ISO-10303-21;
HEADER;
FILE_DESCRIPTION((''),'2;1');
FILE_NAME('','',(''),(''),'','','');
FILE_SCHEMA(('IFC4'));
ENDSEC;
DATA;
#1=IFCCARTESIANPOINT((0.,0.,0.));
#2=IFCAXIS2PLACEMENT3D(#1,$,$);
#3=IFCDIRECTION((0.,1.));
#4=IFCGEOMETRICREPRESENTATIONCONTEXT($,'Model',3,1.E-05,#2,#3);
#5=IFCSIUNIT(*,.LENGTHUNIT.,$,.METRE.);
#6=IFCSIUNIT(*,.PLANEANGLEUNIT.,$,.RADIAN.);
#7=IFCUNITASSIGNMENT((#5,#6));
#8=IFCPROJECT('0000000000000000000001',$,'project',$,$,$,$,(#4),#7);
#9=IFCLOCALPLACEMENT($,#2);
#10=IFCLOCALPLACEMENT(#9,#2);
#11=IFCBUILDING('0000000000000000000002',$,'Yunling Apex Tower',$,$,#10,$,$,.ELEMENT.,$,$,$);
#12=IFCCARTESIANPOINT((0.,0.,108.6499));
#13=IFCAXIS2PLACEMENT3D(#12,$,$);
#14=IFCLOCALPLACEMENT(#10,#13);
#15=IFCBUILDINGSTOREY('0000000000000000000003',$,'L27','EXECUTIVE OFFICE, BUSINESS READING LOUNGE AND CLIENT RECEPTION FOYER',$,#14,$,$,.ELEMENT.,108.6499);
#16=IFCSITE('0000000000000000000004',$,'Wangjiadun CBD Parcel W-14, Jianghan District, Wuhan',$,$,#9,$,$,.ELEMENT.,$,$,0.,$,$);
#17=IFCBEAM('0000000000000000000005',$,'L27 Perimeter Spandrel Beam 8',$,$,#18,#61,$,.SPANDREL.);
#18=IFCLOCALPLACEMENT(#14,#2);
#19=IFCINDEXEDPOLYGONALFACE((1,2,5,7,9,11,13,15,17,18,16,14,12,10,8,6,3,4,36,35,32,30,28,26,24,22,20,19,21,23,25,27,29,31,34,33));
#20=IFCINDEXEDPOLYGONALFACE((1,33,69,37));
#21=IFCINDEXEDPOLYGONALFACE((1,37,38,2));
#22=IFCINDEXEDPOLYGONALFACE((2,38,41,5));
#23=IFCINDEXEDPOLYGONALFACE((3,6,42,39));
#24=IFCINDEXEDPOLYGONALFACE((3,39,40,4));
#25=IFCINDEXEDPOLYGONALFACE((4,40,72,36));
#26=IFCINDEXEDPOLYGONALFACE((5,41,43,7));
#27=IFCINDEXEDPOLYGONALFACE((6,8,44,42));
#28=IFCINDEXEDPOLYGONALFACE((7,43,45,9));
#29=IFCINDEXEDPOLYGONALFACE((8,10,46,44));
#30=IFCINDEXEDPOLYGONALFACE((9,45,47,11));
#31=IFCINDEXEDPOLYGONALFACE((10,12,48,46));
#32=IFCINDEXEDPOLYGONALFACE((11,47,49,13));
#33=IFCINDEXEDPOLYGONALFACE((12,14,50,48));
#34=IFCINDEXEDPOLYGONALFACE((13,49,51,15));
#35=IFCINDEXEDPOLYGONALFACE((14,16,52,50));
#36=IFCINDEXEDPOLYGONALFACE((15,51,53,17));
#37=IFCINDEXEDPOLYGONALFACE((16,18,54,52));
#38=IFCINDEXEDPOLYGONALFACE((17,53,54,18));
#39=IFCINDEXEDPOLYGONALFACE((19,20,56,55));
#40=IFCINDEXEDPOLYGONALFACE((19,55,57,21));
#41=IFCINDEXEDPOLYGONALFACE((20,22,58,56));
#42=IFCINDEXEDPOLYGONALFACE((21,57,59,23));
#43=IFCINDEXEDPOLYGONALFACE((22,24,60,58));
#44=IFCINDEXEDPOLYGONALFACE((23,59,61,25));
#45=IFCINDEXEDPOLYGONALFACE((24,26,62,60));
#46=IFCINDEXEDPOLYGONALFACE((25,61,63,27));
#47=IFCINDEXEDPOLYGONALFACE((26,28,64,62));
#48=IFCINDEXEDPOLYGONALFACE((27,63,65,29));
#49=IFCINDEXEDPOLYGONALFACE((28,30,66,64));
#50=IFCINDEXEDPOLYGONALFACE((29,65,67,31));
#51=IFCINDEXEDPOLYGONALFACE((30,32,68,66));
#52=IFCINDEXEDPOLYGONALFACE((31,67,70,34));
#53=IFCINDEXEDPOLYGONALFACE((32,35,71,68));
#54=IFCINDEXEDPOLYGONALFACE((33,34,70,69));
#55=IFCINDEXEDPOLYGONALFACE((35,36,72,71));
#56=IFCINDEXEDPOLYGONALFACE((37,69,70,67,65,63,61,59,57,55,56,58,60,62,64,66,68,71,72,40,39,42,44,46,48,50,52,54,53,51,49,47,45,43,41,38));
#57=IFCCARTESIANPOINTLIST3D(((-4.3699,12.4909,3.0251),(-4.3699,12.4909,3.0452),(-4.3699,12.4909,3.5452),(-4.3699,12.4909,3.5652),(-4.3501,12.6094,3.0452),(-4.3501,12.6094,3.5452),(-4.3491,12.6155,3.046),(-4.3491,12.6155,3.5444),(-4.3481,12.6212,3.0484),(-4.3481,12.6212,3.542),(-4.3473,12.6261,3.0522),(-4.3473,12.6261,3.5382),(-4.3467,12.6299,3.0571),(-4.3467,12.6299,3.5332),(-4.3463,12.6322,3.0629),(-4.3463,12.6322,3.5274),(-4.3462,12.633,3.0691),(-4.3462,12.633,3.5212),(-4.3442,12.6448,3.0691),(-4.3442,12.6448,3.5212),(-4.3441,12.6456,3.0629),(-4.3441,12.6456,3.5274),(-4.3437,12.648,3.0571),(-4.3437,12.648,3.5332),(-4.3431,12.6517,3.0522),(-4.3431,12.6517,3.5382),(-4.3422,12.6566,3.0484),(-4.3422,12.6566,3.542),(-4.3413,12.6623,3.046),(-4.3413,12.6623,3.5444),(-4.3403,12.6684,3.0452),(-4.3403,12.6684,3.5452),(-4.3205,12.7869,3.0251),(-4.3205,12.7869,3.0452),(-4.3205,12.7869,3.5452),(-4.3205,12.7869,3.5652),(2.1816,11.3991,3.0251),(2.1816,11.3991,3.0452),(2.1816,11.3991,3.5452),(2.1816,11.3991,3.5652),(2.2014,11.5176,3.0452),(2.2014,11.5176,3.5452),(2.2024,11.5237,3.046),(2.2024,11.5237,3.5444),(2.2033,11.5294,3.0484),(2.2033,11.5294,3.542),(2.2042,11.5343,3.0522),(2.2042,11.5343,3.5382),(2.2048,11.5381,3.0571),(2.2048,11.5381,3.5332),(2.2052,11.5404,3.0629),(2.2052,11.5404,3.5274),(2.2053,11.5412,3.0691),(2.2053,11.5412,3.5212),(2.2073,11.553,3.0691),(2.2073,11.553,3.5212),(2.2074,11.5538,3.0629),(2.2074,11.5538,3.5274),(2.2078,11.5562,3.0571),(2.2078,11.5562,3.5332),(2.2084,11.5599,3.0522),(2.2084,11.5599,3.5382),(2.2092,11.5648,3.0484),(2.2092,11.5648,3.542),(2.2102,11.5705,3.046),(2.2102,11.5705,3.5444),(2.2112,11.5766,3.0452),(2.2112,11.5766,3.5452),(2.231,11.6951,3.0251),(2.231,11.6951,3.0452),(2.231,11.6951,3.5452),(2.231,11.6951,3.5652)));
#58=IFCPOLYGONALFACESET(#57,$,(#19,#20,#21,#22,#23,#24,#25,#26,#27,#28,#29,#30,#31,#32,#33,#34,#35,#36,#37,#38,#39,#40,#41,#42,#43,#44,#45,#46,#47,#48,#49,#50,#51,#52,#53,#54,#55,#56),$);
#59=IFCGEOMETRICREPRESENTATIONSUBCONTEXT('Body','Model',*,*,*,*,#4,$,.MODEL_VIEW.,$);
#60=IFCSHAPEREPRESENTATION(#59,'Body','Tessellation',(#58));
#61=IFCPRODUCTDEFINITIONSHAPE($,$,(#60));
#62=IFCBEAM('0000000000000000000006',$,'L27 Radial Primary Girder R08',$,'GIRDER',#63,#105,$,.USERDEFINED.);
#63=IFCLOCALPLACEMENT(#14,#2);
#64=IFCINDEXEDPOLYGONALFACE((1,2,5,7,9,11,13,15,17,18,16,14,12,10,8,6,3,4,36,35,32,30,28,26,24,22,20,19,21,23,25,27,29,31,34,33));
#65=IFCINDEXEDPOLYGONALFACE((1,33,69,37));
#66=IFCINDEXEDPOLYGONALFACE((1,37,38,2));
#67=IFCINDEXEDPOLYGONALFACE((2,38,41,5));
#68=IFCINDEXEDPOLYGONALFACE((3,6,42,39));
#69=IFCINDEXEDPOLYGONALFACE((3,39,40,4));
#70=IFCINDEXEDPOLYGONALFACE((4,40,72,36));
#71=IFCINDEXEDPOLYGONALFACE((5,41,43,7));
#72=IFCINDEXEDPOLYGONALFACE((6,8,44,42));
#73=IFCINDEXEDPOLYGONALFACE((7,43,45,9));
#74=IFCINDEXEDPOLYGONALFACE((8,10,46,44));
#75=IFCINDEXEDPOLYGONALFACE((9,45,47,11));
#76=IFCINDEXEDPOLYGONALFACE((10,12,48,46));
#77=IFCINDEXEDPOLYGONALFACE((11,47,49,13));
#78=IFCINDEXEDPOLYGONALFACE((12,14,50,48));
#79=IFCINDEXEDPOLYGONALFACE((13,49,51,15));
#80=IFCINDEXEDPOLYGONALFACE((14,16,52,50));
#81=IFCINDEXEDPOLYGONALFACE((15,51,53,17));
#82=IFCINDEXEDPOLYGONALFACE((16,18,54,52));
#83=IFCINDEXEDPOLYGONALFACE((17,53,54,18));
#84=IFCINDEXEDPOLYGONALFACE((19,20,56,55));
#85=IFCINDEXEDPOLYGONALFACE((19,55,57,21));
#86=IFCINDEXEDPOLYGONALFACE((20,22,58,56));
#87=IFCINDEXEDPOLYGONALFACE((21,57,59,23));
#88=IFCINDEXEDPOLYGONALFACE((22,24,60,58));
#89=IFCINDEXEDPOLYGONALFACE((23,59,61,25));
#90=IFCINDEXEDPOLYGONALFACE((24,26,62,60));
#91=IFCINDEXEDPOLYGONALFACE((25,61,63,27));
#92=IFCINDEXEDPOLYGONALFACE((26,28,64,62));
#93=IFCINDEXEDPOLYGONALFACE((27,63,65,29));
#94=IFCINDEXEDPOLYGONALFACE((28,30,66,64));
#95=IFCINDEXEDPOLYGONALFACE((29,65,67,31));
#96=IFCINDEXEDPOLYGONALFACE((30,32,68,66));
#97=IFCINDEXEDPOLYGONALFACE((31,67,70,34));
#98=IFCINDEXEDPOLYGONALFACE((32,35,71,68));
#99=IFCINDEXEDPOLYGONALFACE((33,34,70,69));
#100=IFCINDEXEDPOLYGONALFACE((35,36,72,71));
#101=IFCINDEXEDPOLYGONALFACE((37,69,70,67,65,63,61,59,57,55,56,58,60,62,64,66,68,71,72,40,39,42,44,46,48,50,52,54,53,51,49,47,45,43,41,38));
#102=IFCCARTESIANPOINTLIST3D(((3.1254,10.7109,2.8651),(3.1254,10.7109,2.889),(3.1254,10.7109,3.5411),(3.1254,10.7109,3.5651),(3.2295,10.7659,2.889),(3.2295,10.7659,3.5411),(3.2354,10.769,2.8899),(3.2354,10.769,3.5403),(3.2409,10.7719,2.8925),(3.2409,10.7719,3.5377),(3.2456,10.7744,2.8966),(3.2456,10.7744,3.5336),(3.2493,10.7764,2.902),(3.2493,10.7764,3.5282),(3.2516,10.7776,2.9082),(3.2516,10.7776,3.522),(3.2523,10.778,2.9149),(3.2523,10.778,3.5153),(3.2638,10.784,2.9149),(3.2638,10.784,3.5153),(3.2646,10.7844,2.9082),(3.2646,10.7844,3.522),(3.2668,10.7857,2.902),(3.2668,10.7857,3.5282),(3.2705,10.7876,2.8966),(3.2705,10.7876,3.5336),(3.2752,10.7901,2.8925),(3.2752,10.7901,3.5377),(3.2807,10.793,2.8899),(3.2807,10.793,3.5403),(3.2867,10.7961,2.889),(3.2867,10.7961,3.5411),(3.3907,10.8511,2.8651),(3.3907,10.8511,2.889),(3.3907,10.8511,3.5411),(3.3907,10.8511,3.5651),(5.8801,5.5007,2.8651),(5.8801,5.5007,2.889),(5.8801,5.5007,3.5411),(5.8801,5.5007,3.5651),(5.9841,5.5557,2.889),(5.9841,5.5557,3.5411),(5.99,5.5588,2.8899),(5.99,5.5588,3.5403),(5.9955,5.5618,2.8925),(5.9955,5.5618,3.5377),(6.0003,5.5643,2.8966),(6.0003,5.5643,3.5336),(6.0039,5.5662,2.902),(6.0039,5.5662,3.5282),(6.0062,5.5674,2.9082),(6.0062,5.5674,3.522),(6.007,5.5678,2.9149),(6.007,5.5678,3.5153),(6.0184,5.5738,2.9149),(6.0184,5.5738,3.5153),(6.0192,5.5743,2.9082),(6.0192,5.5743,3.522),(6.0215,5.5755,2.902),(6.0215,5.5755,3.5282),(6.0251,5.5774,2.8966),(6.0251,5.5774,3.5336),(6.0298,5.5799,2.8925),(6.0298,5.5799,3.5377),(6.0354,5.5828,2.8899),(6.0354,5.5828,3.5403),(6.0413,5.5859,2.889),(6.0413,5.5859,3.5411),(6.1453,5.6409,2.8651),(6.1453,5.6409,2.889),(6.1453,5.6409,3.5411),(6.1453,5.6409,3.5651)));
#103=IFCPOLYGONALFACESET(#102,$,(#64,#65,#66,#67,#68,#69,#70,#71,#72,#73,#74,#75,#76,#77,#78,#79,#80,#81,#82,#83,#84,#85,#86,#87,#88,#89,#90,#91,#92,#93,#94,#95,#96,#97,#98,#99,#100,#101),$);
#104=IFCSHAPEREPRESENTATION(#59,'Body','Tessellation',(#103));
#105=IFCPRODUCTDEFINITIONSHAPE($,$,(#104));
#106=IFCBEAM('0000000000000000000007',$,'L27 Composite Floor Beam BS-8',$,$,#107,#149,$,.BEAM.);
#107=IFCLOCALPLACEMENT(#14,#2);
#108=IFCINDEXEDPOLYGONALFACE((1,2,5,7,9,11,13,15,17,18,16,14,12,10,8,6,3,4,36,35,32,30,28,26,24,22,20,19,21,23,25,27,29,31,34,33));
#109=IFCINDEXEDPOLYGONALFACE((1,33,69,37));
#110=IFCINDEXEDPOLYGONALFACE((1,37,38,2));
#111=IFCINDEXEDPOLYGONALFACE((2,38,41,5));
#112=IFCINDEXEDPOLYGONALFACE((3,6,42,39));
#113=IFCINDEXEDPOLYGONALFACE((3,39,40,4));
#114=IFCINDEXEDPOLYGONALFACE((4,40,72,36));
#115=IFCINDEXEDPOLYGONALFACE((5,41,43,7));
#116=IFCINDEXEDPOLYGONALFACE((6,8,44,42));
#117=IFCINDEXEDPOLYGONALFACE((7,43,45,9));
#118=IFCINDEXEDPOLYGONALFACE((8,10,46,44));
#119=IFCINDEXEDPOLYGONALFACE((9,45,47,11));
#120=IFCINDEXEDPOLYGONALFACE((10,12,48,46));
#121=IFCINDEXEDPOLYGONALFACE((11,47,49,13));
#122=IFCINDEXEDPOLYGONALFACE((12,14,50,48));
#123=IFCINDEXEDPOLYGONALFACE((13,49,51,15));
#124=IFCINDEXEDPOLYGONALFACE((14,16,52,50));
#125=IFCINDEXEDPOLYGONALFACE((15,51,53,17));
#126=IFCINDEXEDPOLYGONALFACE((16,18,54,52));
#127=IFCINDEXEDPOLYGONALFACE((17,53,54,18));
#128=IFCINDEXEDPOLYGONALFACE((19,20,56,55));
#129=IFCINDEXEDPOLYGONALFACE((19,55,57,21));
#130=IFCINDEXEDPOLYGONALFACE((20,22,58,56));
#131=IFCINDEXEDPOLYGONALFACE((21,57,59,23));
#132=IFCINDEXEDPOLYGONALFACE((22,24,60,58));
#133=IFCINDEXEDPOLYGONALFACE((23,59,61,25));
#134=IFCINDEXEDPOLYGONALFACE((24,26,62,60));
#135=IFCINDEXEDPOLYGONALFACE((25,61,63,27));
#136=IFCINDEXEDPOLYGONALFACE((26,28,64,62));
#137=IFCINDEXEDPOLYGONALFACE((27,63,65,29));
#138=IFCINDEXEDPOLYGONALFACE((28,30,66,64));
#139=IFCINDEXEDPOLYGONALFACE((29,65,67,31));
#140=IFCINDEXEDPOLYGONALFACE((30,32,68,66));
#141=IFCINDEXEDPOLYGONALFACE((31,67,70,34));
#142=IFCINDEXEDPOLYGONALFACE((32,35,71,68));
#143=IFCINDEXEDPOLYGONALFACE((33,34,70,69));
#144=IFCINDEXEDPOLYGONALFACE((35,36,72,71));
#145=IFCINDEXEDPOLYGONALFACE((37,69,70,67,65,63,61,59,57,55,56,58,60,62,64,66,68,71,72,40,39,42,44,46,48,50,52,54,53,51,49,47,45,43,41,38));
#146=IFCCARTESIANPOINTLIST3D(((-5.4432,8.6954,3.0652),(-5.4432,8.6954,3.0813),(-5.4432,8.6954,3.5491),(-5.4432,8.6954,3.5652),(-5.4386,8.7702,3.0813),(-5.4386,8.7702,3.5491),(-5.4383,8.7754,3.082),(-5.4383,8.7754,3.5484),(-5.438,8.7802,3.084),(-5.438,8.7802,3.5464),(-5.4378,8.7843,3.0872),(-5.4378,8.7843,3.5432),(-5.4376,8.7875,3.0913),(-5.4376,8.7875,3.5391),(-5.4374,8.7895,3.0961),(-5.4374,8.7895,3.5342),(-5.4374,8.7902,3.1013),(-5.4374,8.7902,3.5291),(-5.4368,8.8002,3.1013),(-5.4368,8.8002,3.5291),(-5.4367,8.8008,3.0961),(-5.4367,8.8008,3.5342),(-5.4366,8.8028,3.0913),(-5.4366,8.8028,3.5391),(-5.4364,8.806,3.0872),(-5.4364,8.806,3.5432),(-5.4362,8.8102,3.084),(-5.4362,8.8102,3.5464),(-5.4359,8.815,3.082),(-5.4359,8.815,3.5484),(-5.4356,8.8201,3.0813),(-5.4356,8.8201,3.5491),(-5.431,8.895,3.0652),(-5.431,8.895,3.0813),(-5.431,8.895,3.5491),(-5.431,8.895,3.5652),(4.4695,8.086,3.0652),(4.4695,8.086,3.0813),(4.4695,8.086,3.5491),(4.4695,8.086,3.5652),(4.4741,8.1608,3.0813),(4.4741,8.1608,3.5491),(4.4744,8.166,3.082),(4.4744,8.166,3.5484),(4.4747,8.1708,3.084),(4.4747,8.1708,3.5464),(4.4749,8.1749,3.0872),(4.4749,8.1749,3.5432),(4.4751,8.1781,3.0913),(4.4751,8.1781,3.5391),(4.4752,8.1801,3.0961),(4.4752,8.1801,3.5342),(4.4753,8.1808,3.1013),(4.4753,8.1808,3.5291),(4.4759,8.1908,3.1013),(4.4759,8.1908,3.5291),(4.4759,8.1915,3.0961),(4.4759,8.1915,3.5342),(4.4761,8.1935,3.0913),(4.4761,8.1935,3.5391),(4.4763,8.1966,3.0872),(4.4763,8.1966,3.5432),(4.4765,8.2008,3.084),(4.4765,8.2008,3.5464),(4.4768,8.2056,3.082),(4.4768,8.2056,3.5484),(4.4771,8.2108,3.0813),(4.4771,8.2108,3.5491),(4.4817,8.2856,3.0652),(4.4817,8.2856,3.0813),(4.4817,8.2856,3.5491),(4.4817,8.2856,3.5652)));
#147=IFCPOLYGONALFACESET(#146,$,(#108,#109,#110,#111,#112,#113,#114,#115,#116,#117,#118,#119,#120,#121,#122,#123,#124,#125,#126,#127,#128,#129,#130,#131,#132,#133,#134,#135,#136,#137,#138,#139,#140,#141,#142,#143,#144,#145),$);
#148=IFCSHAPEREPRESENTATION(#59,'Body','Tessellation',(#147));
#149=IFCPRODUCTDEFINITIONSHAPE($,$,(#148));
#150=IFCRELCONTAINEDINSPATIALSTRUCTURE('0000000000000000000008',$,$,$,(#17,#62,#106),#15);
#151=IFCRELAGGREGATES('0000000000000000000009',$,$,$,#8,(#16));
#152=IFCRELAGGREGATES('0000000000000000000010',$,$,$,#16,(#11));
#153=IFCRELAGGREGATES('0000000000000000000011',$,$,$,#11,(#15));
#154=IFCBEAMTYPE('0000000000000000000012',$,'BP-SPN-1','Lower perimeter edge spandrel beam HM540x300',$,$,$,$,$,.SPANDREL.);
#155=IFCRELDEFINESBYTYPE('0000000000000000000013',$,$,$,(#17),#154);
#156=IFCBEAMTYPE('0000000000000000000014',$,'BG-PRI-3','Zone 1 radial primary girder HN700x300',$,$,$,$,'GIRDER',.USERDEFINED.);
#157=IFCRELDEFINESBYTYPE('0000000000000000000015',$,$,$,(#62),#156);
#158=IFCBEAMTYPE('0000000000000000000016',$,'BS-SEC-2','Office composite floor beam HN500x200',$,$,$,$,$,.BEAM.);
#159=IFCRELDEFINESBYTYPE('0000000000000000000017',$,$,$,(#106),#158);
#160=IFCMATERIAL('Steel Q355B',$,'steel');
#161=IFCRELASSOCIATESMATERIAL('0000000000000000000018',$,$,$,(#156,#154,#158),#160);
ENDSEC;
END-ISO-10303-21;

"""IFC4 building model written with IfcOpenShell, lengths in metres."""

from ifc_helpers import new_model, si_unit, direction, frame, origin, origin_2d, place, context, subcontext, project, spatial, i_section, extrude, source, transform, mapped, material, material_profile, profile_set, type_object, element, save


model = new_model("IFC4")

# Units and contexts
model_context = context("Model", 3, precision=1e-05, world=origin(), true_north=direction((0.0, 1.0)))
body_context = subcontext(model_context, "Body", "Model", "MODEL_VIEW")
ifc_project = project(units=[si_unit("LENGTHUNIT", "METRE"), si_unit("PLANEANGLEUNIT", "RADIAN")], contexts=[model_context])

# Site, building, storey
site_placement = place(None, origin())
site = spatial("IfcSite", under=ifc_project, at=site_placement, Name="Wangjiadun CBD Parcel W-14, Jianghan District, Wuhan", CompositionType="ELEMENT", RefElevation=0.0)
building_placement = place(site_placement, origin())
building = spatial("IfcBuilding", under=site, at=building_placement, Name="Yunling Apex Tower", CompositionType="ELEMENT")
storey_placement = place(building_placement, frame((0.0, 0.0, 108.6499)))
storey = spatial("IfcBuildingStorey", under=building, at=storey_placement, Name="L27", Description="EXECUTIVE OFFICE, BUSINESS READING LOUNGE AND CLIENT RECEPTION FOYER", CompositionType="ELEMENT", Elevation=108.6499)

# Beams
ifc_material_1 = material(Name="Steel Q355B", Category="steel")
ifc_material_profile_1 = material_profile(ifc_material_1, i_section(OverallWidth=0.3, OverallDepth=0.7, WebThickness=0.0129, FlangeThickness=0.0239, FilletRadius=0.0259, at=origin_2d()))
ifc_profile_set_1 = profile_set([ifc_material_profile_1], Name="Steel Q355B")
beam_type_1 = type_object("IfcBeamType", Name="BG-PRI-3", Description="Zone 1 radial primary girder HN700x300", ElementType="GIRDER", PredefinedType="USERDEFINED", material=ifc_profile_set_1)
ifc_material_profile_2 = material_profile(ifc_material_1, i_section(OverallWidth=0.3, OverallDepth=0.54, WebThickness=0.012, FlangeThickness=0.02, FilletRadius=0.0239, at=origin_2d()))
ifc_profile_set_2 = profile_set([ifc_material_profile_2], Name="Steel Q355B")
beam_type_2 = type_object("IfcBeamType", Name="BP-SPN-1", Description="Lower perimeter edge spandrel beam HM540x300", PredefinedType="SPANDREL", material=ifc_profile_set_2)
shared_shape_1 = source(origin(), body_context, "Body", "SweptSolid", [
    extrude(i_section(OverallWidth=0.3, OverallDepth=0.54, WebThickness=0.012, FlangeThickness=0.02, FilletRadius=0.0239, at=origin_2d()), origin(), (0.0, 0.0, 1.0), 6.6418),
])
beam_1_placement = place(storey_placement, frame((2.2063, 11.5471, 3.2952), z_axis=(-0.986397, 0.164381, 0.0), x_axis=(-0.164381, -0.986397, 0.0)))
element("IfcBeam", 1, at=beam_1_placement, inside=storey, type_object=beam_type_2, Name="L27 Perimeter Spandrel Beam 8", PredefinedType="SPANDREL", context=body_context, shape_type="MappedRepresentation", body=[
    mapped(shared_shape_1, transform((0.0, 0.0, 0.0), scale=1.0)),
])
shared_shape_2 = source(origin(), body_context, "Body", "SweptSolid", [
    extrude(i_section(OverallWidth=0.3, OverallDepth=0.7, WebThickness=0.0129, FlangeThickness=0.0239, FilletRadius=0.0259, at=origin_2d()), origin(), (0.0, 0.0, 1.0), 5.8936),
])
beam_2_placement = place(storey_placement, frame((3.2581, 10.781, 3.2151), z_axis=(0.467397, -0.884048, 0.0), x_axis=(0.884048, 0.467397, 0.0)))
element("IfcBeam", 2, at=beam_2_placement, inside=storey, type_object=beam_type_1, Name="L27 Radial Primary Girder R08", ObjectType="GIRDER", PredefinedType="USERDEFINED", context=body_context, shape_type="MappedRepresentation", body=[
    mapped(shared_shape_2, transform((0.0, 0.0, 0.0), scale=1.0)),
])
ifc_material_profile_3 = material_profile(ifc_material_1, i_section(OverallWidth=0.2, OverallDepth=0.5, WebThickness=0.01, FlangeThickness=0.0161, FilletRadius=0.02, at=origin_2d()))
ifc_profile_set_3 = profile_set([ifc_material_profile_3], Name="Steel Q355B")
beam_type_3 = type_object("IfcBeamType", Name="BS-SEC-2", Description="Office composite floor beam HN500x200", PredefinedType="BEAM", material=ifc_profile_set_3)
shared_shape_3 = source(origin(), body_context, "Body", "SweptSolid", [
    extrude(i_section(OverallWidth=0.2, OverallDepth=0.5, WebThickness=0.01, FlangeThickness=0.0161, FilletRadius=0.02, at=origin_2d()), origin(), (0.0, 0.0, 1.0), 9.9314),
])
beam_3_placement = place(storey_placement, frame((4.4756, 8.1858, 3.3152), z_axis=(-0.998116, 0.061359, 0.0), x_axis=(-0.061359, -0.998116, 0.0)))
element("IfcBeam", 3, at=beam_3_placement, inside=storey, type_object=beam_type_3, Name="L27 Composite Floor Beam BS-8", PredefinedType="BEAM", context=body_context, shape_type="MappedRepresentation", body=[
    mapped(shared_shape_3, transform((0.0, 0.0, 0.0), scale=1.0)),
])

save(model, "model.ifc")
